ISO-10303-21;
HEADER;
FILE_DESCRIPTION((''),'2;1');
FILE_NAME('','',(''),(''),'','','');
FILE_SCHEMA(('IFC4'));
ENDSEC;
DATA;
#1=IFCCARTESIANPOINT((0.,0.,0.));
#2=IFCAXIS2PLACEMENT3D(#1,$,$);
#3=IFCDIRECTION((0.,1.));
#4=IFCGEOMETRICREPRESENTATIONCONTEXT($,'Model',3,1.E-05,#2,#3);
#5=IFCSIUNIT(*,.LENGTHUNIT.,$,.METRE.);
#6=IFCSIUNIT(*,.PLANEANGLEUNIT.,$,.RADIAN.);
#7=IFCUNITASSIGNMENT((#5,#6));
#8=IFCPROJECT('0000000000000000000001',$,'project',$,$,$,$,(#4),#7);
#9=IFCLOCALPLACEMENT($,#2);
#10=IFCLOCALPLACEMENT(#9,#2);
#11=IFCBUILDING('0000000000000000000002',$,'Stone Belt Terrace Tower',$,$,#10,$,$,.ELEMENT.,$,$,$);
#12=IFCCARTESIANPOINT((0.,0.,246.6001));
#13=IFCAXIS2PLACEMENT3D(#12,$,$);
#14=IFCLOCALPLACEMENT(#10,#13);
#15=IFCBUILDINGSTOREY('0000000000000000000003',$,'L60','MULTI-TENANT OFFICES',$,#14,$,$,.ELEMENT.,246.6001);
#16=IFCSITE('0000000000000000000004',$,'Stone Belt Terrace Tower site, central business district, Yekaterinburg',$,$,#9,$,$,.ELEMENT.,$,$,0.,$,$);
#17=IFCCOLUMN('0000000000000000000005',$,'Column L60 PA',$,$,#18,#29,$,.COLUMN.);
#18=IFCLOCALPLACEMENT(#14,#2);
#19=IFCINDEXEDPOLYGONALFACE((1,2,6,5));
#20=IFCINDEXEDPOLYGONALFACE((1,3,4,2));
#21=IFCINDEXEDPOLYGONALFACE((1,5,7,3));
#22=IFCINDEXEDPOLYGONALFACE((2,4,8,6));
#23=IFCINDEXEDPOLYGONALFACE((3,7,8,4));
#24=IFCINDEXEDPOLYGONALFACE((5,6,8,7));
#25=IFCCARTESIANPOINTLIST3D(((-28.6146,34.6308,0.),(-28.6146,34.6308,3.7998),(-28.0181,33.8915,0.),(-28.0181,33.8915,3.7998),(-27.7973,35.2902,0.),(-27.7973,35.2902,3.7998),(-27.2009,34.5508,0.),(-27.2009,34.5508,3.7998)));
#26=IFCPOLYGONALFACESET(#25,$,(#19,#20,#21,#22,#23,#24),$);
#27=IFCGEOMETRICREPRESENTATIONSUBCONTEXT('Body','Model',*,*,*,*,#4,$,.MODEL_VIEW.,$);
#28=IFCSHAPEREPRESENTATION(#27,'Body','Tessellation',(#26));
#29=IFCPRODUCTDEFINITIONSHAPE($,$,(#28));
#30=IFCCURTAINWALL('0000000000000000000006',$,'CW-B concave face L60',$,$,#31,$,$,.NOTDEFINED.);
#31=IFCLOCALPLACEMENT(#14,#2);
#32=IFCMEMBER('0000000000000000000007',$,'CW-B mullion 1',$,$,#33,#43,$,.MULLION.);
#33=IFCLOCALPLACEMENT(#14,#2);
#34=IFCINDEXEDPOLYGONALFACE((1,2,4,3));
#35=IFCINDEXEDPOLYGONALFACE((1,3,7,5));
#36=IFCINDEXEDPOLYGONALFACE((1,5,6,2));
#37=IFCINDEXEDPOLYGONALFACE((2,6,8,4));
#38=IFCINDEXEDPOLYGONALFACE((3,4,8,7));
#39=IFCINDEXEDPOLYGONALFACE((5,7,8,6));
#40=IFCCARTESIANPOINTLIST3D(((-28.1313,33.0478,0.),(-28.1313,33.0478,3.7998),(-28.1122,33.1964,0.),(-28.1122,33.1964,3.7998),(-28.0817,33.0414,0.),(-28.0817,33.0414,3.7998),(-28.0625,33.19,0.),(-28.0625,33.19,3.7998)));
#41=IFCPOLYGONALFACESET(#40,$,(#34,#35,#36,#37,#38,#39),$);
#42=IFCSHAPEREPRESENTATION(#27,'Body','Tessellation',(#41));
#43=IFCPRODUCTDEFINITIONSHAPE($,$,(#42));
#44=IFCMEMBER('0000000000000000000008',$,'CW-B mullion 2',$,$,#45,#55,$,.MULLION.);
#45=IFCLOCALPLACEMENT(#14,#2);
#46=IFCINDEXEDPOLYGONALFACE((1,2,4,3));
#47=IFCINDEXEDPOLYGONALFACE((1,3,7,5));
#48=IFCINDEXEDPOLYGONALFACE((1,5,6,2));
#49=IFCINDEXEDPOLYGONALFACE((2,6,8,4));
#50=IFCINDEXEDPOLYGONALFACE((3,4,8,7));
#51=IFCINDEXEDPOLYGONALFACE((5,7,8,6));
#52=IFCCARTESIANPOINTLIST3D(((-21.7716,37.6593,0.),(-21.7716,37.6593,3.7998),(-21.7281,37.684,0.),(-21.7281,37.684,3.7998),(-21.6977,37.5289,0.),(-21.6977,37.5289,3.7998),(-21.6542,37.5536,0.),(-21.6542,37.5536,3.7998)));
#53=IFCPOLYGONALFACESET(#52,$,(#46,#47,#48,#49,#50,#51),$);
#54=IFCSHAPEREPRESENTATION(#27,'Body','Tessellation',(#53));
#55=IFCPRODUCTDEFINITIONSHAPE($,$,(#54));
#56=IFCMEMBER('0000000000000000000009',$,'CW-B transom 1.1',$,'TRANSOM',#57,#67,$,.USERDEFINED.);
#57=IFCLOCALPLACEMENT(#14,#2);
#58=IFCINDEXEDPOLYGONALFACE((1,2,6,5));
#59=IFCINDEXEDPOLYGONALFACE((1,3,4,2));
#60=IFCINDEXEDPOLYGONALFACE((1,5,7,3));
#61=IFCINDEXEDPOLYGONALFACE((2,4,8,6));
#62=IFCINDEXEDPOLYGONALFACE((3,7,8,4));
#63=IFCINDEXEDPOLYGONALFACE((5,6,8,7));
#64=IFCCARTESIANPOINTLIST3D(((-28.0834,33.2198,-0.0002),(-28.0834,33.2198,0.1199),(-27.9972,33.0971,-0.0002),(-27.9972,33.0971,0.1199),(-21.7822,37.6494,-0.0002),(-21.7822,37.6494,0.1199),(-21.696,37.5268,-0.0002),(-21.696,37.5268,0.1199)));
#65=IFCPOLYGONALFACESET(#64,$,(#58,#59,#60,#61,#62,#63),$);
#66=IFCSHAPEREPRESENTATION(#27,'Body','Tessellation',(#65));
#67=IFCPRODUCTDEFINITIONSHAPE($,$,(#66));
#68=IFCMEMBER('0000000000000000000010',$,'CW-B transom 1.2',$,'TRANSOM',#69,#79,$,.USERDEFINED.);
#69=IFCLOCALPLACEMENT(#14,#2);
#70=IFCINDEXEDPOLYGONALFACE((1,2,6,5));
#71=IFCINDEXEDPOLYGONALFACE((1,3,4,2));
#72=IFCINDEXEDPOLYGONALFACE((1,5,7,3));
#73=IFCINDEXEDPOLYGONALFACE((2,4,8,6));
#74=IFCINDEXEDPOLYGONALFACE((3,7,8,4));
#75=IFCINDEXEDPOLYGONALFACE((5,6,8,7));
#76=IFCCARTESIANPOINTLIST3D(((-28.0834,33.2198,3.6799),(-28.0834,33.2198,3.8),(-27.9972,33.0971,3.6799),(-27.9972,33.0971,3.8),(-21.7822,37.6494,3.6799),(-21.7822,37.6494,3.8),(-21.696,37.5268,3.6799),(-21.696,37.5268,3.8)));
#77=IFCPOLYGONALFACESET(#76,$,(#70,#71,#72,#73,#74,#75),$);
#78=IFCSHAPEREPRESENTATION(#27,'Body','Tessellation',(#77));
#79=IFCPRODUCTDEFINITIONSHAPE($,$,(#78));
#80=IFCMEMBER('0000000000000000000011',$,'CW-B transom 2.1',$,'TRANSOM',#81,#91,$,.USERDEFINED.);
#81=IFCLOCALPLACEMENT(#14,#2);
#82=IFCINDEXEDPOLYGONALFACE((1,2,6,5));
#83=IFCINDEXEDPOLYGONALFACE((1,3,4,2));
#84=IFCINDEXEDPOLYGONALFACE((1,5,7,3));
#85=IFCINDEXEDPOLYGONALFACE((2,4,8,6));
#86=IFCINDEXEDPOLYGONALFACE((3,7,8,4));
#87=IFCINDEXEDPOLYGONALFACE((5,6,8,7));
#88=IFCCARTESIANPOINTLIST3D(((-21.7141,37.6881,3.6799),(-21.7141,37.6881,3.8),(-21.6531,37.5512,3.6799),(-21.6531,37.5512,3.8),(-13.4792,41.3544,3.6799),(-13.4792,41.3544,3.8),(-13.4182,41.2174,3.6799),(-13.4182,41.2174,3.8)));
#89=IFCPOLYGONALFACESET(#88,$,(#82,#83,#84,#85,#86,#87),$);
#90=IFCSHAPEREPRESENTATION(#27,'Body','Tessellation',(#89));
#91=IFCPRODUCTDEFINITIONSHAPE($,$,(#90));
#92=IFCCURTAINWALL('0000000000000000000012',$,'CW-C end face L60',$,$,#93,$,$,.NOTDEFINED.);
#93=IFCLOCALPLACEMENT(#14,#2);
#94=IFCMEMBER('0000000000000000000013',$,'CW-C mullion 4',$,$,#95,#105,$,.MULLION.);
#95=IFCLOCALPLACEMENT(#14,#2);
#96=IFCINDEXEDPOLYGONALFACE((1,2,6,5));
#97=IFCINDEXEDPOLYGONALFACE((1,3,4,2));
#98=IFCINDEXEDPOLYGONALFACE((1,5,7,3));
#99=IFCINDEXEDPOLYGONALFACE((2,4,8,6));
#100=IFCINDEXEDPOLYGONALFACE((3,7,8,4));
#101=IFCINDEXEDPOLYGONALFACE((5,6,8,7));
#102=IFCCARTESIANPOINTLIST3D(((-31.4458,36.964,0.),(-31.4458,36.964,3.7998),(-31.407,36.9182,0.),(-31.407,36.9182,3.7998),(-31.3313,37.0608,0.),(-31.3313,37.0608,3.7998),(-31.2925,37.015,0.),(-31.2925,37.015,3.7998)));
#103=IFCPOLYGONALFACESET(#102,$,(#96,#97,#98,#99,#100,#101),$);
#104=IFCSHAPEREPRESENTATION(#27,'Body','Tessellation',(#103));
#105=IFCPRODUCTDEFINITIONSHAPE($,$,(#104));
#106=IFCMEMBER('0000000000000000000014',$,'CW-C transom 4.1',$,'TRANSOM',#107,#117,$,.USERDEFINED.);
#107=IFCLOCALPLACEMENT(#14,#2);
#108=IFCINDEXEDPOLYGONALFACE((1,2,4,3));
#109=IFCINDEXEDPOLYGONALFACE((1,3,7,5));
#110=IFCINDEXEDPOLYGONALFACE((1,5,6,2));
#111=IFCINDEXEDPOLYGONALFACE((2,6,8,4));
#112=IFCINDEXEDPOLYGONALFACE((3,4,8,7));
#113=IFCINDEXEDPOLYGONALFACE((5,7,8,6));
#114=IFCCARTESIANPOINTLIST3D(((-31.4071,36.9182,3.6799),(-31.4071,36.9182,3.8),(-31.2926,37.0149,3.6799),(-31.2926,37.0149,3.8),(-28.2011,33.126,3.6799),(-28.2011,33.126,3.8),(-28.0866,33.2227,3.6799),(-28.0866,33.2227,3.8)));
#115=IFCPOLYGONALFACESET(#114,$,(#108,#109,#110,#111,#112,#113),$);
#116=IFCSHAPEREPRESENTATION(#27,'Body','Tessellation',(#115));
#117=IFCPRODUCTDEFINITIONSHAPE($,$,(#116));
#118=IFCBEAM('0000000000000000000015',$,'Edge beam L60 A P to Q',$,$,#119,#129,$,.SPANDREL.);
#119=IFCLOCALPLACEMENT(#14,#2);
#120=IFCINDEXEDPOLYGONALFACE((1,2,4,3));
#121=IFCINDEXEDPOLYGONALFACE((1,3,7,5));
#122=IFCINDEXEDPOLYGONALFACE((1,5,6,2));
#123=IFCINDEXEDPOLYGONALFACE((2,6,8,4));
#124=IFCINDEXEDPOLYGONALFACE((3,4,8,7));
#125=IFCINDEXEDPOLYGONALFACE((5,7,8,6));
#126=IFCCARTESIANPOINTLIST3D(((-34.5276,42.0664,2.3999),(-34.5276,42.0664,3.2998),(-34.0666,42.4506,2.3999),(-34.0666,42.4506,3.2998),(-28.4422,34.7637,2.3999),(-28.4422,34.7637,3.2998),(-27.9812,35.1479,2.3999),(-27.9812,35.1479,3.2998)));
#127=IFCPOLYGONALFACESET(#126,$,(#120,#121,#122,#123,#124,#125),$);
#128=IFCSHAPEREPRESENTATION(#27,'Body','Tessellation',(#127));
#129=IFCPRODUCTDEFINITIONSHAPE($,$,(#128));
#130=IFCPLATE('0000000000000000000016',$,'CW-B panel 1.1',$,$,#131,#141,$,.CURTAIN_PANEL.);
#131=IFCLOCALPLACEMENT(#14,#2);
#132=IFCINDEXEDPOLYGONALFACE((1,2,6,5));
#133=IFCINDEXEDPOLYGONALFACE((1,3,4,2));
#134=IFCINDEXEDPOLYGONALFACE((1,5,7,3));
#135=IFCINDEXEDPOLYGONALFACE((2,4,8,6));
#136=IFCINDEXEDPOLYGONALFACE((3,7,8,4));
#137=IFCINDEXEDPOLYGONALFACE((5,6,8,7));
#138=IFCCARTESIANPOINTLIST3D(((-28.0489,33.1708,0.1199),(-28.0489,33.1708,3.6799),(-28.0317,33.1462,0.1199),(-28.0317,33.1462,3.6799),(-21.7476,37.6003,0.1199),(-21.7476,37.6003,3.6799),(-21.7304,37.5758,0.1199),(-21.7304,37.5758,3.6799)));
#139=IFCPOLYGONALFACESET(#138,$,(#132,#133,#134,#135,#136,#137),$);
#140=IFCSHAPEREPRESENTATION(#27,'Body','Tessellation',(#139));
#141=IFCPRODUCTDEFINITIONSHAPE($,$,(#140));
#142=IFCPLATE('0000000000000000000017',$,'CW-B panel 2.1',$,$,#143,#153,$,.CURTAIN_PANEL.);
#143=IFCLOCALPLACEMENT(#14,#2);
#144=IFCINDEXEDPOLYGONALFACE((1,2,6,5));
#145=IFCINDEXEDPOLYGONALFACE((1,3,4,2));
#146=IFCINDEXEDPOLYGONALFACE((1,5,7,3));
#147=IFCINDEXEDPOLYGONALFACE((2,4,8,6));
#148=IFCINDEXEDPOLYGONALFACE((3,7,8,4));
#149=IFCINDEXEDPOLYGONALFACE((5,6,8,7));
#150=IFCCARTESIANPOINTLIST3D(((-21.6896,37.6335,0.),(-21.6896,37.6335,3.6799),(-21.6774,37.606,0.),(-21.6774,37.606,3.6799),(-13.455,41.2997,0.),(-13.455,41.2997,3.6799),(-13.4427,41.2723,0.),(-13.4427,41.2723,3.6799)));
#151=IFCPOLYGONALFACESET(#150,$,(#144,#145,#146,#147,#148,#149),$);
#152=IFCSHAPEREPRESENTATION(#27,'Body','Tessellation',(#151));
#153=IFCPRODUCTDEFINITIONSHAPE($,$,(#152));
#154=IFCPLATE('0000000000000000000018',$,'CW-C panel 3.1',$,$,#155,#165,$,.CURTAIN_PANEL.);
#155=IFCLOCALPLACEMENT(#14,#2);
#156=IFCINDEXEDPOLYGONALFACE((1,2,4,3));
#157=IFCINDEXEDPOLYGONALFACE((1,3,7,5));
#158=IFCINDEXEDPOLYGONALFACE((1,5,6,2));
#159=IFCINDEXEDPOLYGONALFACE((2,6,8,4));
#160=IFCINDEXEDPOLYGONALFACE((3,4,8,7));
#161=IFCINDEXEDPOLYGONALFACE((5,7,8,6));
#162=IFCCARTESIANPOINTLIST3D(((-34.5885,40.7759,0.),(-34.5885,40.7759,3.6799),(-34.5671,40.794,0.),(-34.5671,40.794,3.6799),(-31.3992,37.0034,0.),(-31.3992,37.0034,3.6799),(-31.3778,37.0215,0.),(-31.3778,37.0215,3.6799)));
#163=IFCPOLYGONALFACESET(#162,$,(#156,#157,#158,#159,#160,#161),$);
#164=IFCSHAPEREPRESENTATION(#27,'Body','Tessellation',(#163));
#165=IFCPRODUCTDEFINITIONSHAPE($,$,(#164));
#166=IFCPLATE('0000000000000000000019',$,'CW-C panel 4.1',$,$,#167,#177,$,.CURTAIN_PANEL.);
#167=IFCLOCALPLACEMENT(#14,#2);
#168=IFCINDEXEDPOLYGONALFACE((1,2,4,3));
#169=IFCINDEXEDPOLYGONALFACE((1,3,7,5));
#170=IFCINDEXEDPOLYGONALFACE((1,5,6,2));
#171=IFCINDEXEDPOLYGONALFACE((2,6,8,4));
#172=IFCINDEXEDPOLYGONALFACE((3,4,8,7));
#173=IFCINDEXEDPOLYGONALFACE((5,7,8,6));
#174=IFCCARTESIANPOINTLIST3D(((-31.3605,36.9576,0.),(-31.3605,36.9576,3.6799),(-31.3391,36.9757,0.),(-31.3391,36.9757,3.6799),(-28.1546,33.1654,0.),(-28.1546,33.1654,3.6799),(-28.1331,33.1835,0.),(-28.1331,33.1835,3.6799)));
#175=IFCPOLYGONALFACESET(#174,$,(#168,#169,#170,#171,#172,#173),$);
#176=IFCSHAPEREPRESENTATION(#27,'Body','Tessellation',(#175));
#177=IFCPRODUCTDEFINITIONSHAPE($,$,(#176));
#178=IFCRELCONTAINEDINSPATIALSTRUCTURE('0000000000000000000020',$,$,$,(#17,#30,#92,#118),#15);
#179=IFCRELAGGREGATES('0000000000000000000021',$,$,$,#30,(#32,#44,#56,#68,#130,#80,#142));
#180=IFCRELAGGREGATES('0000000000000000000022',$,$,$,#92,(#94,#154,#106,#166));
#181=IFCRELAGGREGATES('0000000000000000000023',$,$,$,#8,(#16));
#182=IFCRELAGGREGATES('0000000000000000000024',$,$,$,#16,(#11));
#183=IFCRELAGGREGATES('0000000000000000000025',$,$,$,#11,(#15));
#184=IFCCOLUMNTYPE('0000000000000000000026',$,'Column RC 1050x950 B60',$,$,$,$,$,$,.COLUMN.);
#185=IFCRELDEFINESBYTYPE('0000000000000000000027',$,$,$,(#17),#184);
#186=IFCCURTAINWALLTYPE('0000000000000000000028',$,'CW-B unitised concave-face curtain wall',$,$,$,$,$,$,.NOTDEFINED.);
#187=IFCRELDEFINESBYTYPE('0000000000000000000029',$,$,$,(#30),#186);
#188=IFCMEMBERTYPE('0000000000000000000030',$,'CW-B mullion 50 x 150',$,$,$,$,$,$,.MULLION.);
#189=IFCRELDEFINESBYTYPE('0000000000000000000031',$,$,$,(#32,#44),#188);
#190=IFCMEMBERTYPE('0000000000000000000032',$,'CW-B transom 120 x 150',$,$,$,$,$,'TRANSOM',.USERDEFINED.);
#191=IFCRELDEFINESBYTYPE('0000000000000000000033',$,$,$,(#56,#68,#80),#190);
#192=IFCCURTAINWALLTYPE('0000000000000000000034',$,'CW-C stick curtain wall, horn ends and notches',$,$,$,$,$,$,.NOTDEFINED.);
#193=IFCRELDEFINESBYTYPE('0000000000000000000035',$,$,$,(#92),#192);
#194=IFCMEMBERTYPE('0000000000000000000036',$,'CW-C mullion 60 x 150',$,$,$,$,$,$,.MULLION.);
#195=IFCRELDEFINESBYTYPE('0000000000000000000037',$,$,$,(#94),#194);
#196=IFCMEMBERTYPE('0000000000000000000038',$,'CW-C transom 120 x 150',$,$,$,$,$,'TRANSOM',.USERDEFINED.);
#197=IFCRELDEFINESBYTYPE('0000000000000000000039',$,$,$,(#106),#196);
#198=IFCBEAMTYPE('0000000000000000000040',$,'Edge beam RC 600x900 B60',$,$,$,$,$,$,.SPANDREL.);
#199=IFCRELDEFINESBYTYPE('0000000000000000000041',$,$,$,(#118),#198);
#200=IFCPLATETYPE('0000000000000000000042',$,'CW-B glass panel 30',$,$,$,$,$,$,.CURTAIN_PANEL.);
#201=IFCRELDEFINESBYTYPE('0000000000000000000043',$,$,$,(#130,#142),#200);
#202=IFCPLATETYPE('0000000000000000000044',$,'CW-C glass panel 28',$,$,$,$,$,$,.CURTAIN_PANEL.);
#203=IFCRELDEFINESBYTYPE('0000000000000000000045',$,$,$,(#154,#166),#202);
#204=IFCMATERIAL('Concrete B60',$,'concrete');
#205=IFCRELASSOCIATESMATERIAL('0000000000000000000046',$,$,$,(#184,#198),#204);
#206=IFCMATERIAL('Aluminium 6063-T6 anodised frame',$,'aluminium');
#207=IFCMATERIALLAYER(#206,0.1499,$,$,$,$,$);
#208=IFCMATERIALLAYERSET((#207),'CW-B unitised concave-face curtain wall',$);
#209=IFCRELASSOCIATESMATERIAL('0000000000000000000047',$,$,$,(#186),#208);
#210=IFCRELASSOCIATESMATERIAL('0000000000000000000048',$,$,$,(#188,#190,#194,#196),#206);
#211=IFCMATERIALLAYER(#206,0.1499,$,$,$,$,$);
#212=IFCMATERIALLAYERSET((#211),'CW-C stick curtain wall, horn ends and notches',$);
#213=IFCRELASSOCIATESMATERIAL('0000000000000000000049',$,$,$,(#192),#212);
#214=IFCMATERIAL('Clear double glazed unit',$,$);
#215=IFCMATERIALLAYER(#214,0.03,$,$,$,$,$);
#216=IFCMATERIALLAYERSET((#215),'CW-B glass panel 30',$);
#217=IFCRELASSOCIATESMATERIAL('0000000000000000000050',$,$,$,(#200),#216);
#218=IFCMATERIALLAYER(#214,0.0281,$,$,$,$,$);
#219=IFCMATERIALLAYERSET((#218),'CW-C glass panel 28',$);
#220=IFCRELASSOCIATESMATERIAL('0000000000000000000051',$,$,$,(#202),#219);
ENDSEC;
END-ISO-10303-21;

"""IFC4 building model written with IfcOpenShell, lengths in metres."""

from ifc_helpers import new_model, si_unit, direction, frame, origin, origin_2d, place, context, subcontext, project, spatial, rectangle, extrude, material, layer, layer_set, material_profile, profile_set, type_object, element, aggregate, save


model = new_model("IFC4")

# Units and contexts
model_context = context("Model", 3, precision=1e-05, world=origin(), true_north=direction((0.0, 1.0)))
body_context = subcontext(model_context, "Body", "Model", "MODEL_VIEW")
ifc_project = project(units=[si_unit("LENGTHUNIT", "METRE"), si_unit("PLANEANGLEUNIT", "RADIAN")], contexts=[model_context])

# Site, building, storey
site_placement = place(None, origin())
site = spatial("IfcSite", under=ifc_project, at=site_placement, Name="Stone Belt Terrace Tower site, central business district, Yekaterinburg", CompositionType="ELEMENT", RefElevation=0.0)
building_placement = place(site_placement, origin())
building = spatial("IfcBuilding", under=site, at=building_placement, Name="Stone Belt Terrace Tower", CompositionType="ELEMENT")
storey_placement = place(building_placement, frame((0.0, 0.0, 246.6001)))
storey = spatial("IfcBuildingStorey", under=building, at=storey_placement, Name="L60", Description="MULTI-TENANT OFFICES", CompositionType="ELEMENT", Elevation=246.6001)

# Column
ifc_material_1 = material(Name="Concrete B60", Category="concrete")
ifc_material_profile_1 = material_profile(ifc_material_1, rectangle(XDim=1.05, YDim=0.95, at=origin_2d()), Name="RC 1050x950")
ifc_profile_set_1 = profile_set([ifc_material_profile_1], Name="Concrete B60")
column_type = type_object("IfcColumnType", Name="Column RC 1050x950 B60", PredefinedType="COLUMN", material=ifc_profile_set_1)
column_placement = place(storey_placement, frame((-27.9077, 34.5908, 0.0), z_axis=(0.0, 0.0, 1.0), x_axis=(0.778284, 0.627913, 0.0)))
element("IfcColumn", 1, at=column_placement, inside=storey, type_object=column_type, Name="Column L60 PA", PredefinedType="COLUMN", context=body_context, shape_type="SweptSolid", body=[
    extrude(rectangle(XDim=1.05, YDim=0.95, at=origin_2d()), origin(), (0.0, 0.0, 1.0), 3.7998),
])

# Curtain walls, members
ifc_material_2 = material(Name="Aluminium 6063-T6 anodised frame", Category="aluminium")
ifc_layer_1 = layer(ifc_material_2, 0.1499)
ifc_layer_set_1 = layer_set([ifc_layer_1], Name="CW-B unitised concave-face curtain wall")
curtain_wall_type_1 = type_object("IfcCurtainWallType", Name="CW-B unitised concave-face curtain wall", PredefinedType="NOTDEFINED", material=ifc_layer_set_1)
curtain_wall_1_placement = place(storey_placement, origin())
curtain_wall_1 = element("IfcCurtainWall", 2, at=curtain_wall_1_placement, inside=storey, type_object=curtain_wall_type_1, Name="CW-B concave face L60", PredefinedType="NOTDEFINED")
ifc_material_profile_2 = material_profile(ifc_material_2, rectangle(XDim=0.1499, YDim=0.05, at=origin_2d()), Name="Aluminium 6063-T6 50x150")
ifc_profile_set_2 = profile_set([ifc_material_profile_2], Name="Aluminium 6063-T6 anodised frame")
member_type_1 = type_object("IfcMemberType", Name="CW-B mullion 50 x 150", PredefinedType="MULLION", material=ifc_profile_set_2)
member_1_placement = place(storey_placement, frame((-28.0969, 33.1189, 0.0), z_axis=(0.0, 0.0, 1.0), x_axis=(0.127784, 0.991802, 0.0)))
member_1 = element("IfcMember", 3, at=member_1_placement, type_object=member_type_1, Name="CW-B mullion 1", PredefinedType="MULLION", context=body_context, shape_type="SweptSolid", body=[
    extrude(rectangle(XDim=0.1499, YDim=0.05, at=origin_2d()), origin(), (0.0, 0.0, 1.0), 3.7998),
])
member_2_placement = place(storey_placement, frame((-21.7129, 37.6064, 0.0), z_axis=(0.0, 0.0, 1.0), x_axis=(-0.493225, 0.869901, 0.0)))
member_2 = element("IfcMember", 4, at=member_2_placement, type_object=member_type_1, Name="CW-B mullion 2", PredefinedType="MULLION", context=body_context, shape_type="SweptSolid", body=[
    extrude(rectangle(XDim=0.1499, YDim=0.05, at=origin_2d()), origin(), (0.0, 0.0, 1.0), 3.7998),
])
ifc_material_profile_3 = material_profile(ifc_material_2, rectangle(XDim=0.1499, YDim=0.1201, at=origin_2d()), Name="Aluminium 6063-T6 150x120")
ifc_profile_set_3 = profile_set([ifc_material_profile_3], Name="Aluminium 6063-T6 anodised frame")
member_type_2 = type_object("IfcMemberType", Name="CW-B transom 120 x 150", ElementType="TRANSOM", PredefinedType="USERDEFINED", material=ifc_profile_set_3)
member_3_placement = place(storey_placement, frame((-28.0403, 33.1584, 0.0598), z_axis=(0.818084, 0.575099, 0.0), x_axis=(-0.575099, 0.818084, 0.0)))
member_3 = element("IfcMember", 5, at=member_3_placement, type_object=member_type_2, Name="CW-B transom 1.1", ObjectType="TRANSOM", PredefinedType="USERDEFINED", context=body_context, shape_type="SweptSolid", body=[
    extrude(rectangle(XDim=0.1499, YDim=0.1201, at=origin_2d()), origin(), (0.0, 0.0, 1.0), 7.7024),
])
member_4_placement = place(storey_placement, frame((-28.0403, 33.1584, 3.74), z_axis=(0.818084, 0.575099, 0.0), x_axis=(-0.575099, 0.818084, 0.0)))
member_4 = element("IfcMember", 6, at=member_4_placement, type_object=member_type_2, Name="CW-B transom 1.2", ObjectType="TRANSOM", PredefinedType="USERDEFINED", context=body_context, shape_type="SweptSolid", body=[
    extrude(rectangle(XDim=0.1499, YDim=0.1201, at=origin_2d()), origin(), (0.0, 0.0, 1.0), 7.7024),
])
member_5_placement = place(storey_placement, frame((-21.6836, 37.6196, 3.74), z_axis=(0.913551, 0.406724, 0.0), x_axis=(-0.406724, 0.913551, 0.0)))
member_5 = element("IfcMember", 7, at=member_5_placement, type_object=member_type_2, Name="CW-B transom 2.1", ObjectType="TRANSOM", PredefinedType="USERDEFINED", context=body_context, shape_type="SweptSolid", body=[
    extrude(rectangle(XDim=0.1499, YDim=0.1201, at=origin_2d()), origin(), (0.0, 0.0, 1.0), 9.0142),
])
ifc_layer_2 = layer(ifc_material_2, 0.1499)
ifc_layer_set_2 = layer_set([ifc_layer_2], Name="CW-C stick curtain wall, horn ends and notches")
curtain_wall_type_2 = type_object("IfcCurtainWallType", Name="CW-C stick curtain wall, horn ends and notches", PredefinedType="NOTDEFINED", material=ifc_layer_set_2)
curtain_wall_2_placement = place(storey_placement, origin())
curtain_wall_2 = element("IfcCurtainWall", 8, at=curtain_wall_2_placement, inside=storey, type_object=curtain_wall_type_2, Name="CW-C end face L60", PredefinedType="NOTDEFINED")
ifc_material_profile_4 = material_profile(ifc_material_2, rectangle(XDim=0.1499, YDim=0.0601, at=origin_2d()), Name="Aluminium 6063-T6 60x150")
ifc_profile_set_4 = profile_set([ifc_material_profile_4], Name="Aluminium 6063-T6 anodised frame")
member_type_3 = type_object("IfcMemberType", Name="CW-C mullion 60 x 150", PredefinedType="MULLION", material=ifc_profile_set_4)
member_6_placement = place(storey_placement, frame((-31.3691, 36.9895, 0.0), z_axis=(0.0, 0.0, 1.0), x_axis=(0.76367, 0.645607, 0.0)))
member_6 = element("IfcMember", 9, at=member_6_placement, type_object=member_type_3, Name="CW-C mullion 4", PredefinedType="MULLION", context=body_context, shape_type="SweptSolid", body=[
    extrude(rectangle(XDim=0.1499, YDim=0.0601, at=origin_2d()), origin(), (0.0, 0.0, 1.0), 3.7998),
])
ifc_material_profile_5 = material_profile(ifc_material_2, rectangle(XDim=0.1499, YDim=0.1201, at=origin_2d()), Name="Aluminium 6063-T6 150x120")
ifc_profile_set_5 = profile_set([ifc_material_profile_5], Name="Aluminium 6063-T6 anodised frame")
member_type_4 = type_object("IfcMemberType", Name="CW-C transom 120 x 150", ElementType="TRANSOM", PredefinedType="USERDEFINED", material=ifc_profile_set_5)
member_7_placement = place(storey_placement, frame((-31.3499, 36.9666, 3.74), z_axis=(0.645618, -0.76366, 0.0), x_axis=(0.76366, 0.645618, 0.0)))
member_7 = element("IfcMember", 10, at=member_7_placement, type_object=member_type_4, Name="CW-C transom 4.1", ObjectType="TRANSOM", PredefinedType="USERDEFINED", context=body_context, shape_type="SweptSolid", body=[
    extrude(rectangle(XDim=0.1499, YDim=0.1201, at=origin_2d()), origin(), (0.0, 0.0, 1.0), 4.9658),
])

# Beam
ifc_material_profile_6 = material_profile(ifc_material_1, rectangle(XDim=0.6001, YDim=0.8999, at=origin_2d()), Name="RC 600x900")
ifc_profile_set_6 = profile_set([ifc_material_profile_6], Name="Concrete B60")
beam_type = type_object("IfcBeamType", Name="Edge beam RC 600x900 B60", PredefinedType="SPANDREL", material=ifc_profile_set_6)
beam_placement = place(storey_placement, frame((-28.2117, 34.9558, 2.8499), z_axis=(-0.640174, 0.76823, 0.0), x_axis=(-0.76823, -0.640174, 0.0)))
element("IfcBeam", 11, at=beam_placement, inside=storey, type_object=beam_type, Name="Edge beam L60 A P to Q", PredefinedType="SPANDREL", context=body_context, shape_type="SweptSolid", body=[
    extrude(rectangle(XDim=0.6001, YDim=0.8999, at=origin_2d()), origin(), (0.0, 0.0, 1.0), 9.5059),
])

# Plates
ifc_material_3 = material(Name="Clear double glazed unit")
ifc_layer_3 = layer(ifc_material_3, 0.03)
ifc_layer_set_3 = layer_set([ifc_layer_3], Name="CW-B glass panel 30")
plate_type_1 = type_object("IfcPlateType", Name="CW-B glass panel 30", PredefinedType="CURTAIN_PANEL", material=ifc_layer_set_3)
plate_1_placement = place(storey_placement, frame((-24.8896, 35.3733, 0.1199), z_axis=(0.0, 0.0, 1.0), x_axis=(0.818093, 0.575085, 0.0)))
plate_1 = element("IfcPlate", 12, at=plate_1_placement, type_object=plate_type_1, Name="CW-B panel 1.1", PredefinedType="CURTAIN_PANEL", context=body_context, shape_type="SweptSolid", body=[
    extrude(rectangle(XDim=7.7024, YDim=0.03, at=origin_2d()), origin(), (0.0, 0.0, 1.0), 3.5601),
])
plate_2_placement = place(storey_placement, frame((-17.5662, 39.4529, 0.0), z_axis=(0.0, 0.0, 1.0), x_axis=(0.913545, 0.406737, 0.0)))
plate_2 = element("IfcPlate", 13, at=plate_2_placement, type_object=plate_type_1, Name="CW-B panel 2.1", PredefinedType="CURTAIN_PANEL", context=body_context, shape_type="SweptSolid", body=[
    extrude(rectangle(XDim=9.0139, YDim=0.03, at=origin_2d()), origin(), (0.0, 0.0, 1.0), 3.6799),
])
aggregate(curtain_wall_1, [member_1, member_2, member_3, member_4, plate_1, member_5, plate_2])
ifc_layer_4 = layer(ifc_material_3, 0.0281)
ifc_layer_set_4 = layer_set([ifc_layer_4], Name="CW-C glass panel 28")
plate_type_2 = type_object("IfcPlateType", Name="CW-C glass panel 28", PredefinedType="CURTAIN_PANEL", material=ifc_layer_set_4)
plate_3_placement = place(storey_placement, frame((-32.9832, 38.8987, 0.0), z_axis=(0.0, 0.0, 1.0), x_axis=(0.645607, -0.76367, 0.0)))
plate_3 = element("IfcPlate", 14, at=plate_3_placement, type_object=plate_type_2, Name="CW-C panel 3.1", PredefinedType="CURTAIN_PANEL", context=body_context, shape_type="SweptSolid", body=[
    extrude(rectangle(XDim=4.9399, YDim=0.0281, at=origin_2d()), origin(), (0.0, 0.0, 1.0), 3.6799),
])
plate_4_placement = place(storey_placement, frame((-29.7468, 35.0706, 0.0), z_axis=(0.0, 0.0, 1.0), x_axis=(0.645607, -0.76367, 0.0)))
plate_4 = element("IfcPlate", 15, at=plate_4_placement, type_object=plate_type_2, Name="CW-C panel 4.1", PredefinedType="CURTAIN_PANEL", context=body_context, shape_type="SweptSolid", body=[
    extrude(rectangle(XDim=4.9658, YDim=0.0281, at=origin_2d()), origin(), (0.0, 0.0, 1.0), 3.6799),
])
aggregate(curtain_wall_2, [member_6, plate_3, member_7, plate_4])

save(model, "model.ifc")
